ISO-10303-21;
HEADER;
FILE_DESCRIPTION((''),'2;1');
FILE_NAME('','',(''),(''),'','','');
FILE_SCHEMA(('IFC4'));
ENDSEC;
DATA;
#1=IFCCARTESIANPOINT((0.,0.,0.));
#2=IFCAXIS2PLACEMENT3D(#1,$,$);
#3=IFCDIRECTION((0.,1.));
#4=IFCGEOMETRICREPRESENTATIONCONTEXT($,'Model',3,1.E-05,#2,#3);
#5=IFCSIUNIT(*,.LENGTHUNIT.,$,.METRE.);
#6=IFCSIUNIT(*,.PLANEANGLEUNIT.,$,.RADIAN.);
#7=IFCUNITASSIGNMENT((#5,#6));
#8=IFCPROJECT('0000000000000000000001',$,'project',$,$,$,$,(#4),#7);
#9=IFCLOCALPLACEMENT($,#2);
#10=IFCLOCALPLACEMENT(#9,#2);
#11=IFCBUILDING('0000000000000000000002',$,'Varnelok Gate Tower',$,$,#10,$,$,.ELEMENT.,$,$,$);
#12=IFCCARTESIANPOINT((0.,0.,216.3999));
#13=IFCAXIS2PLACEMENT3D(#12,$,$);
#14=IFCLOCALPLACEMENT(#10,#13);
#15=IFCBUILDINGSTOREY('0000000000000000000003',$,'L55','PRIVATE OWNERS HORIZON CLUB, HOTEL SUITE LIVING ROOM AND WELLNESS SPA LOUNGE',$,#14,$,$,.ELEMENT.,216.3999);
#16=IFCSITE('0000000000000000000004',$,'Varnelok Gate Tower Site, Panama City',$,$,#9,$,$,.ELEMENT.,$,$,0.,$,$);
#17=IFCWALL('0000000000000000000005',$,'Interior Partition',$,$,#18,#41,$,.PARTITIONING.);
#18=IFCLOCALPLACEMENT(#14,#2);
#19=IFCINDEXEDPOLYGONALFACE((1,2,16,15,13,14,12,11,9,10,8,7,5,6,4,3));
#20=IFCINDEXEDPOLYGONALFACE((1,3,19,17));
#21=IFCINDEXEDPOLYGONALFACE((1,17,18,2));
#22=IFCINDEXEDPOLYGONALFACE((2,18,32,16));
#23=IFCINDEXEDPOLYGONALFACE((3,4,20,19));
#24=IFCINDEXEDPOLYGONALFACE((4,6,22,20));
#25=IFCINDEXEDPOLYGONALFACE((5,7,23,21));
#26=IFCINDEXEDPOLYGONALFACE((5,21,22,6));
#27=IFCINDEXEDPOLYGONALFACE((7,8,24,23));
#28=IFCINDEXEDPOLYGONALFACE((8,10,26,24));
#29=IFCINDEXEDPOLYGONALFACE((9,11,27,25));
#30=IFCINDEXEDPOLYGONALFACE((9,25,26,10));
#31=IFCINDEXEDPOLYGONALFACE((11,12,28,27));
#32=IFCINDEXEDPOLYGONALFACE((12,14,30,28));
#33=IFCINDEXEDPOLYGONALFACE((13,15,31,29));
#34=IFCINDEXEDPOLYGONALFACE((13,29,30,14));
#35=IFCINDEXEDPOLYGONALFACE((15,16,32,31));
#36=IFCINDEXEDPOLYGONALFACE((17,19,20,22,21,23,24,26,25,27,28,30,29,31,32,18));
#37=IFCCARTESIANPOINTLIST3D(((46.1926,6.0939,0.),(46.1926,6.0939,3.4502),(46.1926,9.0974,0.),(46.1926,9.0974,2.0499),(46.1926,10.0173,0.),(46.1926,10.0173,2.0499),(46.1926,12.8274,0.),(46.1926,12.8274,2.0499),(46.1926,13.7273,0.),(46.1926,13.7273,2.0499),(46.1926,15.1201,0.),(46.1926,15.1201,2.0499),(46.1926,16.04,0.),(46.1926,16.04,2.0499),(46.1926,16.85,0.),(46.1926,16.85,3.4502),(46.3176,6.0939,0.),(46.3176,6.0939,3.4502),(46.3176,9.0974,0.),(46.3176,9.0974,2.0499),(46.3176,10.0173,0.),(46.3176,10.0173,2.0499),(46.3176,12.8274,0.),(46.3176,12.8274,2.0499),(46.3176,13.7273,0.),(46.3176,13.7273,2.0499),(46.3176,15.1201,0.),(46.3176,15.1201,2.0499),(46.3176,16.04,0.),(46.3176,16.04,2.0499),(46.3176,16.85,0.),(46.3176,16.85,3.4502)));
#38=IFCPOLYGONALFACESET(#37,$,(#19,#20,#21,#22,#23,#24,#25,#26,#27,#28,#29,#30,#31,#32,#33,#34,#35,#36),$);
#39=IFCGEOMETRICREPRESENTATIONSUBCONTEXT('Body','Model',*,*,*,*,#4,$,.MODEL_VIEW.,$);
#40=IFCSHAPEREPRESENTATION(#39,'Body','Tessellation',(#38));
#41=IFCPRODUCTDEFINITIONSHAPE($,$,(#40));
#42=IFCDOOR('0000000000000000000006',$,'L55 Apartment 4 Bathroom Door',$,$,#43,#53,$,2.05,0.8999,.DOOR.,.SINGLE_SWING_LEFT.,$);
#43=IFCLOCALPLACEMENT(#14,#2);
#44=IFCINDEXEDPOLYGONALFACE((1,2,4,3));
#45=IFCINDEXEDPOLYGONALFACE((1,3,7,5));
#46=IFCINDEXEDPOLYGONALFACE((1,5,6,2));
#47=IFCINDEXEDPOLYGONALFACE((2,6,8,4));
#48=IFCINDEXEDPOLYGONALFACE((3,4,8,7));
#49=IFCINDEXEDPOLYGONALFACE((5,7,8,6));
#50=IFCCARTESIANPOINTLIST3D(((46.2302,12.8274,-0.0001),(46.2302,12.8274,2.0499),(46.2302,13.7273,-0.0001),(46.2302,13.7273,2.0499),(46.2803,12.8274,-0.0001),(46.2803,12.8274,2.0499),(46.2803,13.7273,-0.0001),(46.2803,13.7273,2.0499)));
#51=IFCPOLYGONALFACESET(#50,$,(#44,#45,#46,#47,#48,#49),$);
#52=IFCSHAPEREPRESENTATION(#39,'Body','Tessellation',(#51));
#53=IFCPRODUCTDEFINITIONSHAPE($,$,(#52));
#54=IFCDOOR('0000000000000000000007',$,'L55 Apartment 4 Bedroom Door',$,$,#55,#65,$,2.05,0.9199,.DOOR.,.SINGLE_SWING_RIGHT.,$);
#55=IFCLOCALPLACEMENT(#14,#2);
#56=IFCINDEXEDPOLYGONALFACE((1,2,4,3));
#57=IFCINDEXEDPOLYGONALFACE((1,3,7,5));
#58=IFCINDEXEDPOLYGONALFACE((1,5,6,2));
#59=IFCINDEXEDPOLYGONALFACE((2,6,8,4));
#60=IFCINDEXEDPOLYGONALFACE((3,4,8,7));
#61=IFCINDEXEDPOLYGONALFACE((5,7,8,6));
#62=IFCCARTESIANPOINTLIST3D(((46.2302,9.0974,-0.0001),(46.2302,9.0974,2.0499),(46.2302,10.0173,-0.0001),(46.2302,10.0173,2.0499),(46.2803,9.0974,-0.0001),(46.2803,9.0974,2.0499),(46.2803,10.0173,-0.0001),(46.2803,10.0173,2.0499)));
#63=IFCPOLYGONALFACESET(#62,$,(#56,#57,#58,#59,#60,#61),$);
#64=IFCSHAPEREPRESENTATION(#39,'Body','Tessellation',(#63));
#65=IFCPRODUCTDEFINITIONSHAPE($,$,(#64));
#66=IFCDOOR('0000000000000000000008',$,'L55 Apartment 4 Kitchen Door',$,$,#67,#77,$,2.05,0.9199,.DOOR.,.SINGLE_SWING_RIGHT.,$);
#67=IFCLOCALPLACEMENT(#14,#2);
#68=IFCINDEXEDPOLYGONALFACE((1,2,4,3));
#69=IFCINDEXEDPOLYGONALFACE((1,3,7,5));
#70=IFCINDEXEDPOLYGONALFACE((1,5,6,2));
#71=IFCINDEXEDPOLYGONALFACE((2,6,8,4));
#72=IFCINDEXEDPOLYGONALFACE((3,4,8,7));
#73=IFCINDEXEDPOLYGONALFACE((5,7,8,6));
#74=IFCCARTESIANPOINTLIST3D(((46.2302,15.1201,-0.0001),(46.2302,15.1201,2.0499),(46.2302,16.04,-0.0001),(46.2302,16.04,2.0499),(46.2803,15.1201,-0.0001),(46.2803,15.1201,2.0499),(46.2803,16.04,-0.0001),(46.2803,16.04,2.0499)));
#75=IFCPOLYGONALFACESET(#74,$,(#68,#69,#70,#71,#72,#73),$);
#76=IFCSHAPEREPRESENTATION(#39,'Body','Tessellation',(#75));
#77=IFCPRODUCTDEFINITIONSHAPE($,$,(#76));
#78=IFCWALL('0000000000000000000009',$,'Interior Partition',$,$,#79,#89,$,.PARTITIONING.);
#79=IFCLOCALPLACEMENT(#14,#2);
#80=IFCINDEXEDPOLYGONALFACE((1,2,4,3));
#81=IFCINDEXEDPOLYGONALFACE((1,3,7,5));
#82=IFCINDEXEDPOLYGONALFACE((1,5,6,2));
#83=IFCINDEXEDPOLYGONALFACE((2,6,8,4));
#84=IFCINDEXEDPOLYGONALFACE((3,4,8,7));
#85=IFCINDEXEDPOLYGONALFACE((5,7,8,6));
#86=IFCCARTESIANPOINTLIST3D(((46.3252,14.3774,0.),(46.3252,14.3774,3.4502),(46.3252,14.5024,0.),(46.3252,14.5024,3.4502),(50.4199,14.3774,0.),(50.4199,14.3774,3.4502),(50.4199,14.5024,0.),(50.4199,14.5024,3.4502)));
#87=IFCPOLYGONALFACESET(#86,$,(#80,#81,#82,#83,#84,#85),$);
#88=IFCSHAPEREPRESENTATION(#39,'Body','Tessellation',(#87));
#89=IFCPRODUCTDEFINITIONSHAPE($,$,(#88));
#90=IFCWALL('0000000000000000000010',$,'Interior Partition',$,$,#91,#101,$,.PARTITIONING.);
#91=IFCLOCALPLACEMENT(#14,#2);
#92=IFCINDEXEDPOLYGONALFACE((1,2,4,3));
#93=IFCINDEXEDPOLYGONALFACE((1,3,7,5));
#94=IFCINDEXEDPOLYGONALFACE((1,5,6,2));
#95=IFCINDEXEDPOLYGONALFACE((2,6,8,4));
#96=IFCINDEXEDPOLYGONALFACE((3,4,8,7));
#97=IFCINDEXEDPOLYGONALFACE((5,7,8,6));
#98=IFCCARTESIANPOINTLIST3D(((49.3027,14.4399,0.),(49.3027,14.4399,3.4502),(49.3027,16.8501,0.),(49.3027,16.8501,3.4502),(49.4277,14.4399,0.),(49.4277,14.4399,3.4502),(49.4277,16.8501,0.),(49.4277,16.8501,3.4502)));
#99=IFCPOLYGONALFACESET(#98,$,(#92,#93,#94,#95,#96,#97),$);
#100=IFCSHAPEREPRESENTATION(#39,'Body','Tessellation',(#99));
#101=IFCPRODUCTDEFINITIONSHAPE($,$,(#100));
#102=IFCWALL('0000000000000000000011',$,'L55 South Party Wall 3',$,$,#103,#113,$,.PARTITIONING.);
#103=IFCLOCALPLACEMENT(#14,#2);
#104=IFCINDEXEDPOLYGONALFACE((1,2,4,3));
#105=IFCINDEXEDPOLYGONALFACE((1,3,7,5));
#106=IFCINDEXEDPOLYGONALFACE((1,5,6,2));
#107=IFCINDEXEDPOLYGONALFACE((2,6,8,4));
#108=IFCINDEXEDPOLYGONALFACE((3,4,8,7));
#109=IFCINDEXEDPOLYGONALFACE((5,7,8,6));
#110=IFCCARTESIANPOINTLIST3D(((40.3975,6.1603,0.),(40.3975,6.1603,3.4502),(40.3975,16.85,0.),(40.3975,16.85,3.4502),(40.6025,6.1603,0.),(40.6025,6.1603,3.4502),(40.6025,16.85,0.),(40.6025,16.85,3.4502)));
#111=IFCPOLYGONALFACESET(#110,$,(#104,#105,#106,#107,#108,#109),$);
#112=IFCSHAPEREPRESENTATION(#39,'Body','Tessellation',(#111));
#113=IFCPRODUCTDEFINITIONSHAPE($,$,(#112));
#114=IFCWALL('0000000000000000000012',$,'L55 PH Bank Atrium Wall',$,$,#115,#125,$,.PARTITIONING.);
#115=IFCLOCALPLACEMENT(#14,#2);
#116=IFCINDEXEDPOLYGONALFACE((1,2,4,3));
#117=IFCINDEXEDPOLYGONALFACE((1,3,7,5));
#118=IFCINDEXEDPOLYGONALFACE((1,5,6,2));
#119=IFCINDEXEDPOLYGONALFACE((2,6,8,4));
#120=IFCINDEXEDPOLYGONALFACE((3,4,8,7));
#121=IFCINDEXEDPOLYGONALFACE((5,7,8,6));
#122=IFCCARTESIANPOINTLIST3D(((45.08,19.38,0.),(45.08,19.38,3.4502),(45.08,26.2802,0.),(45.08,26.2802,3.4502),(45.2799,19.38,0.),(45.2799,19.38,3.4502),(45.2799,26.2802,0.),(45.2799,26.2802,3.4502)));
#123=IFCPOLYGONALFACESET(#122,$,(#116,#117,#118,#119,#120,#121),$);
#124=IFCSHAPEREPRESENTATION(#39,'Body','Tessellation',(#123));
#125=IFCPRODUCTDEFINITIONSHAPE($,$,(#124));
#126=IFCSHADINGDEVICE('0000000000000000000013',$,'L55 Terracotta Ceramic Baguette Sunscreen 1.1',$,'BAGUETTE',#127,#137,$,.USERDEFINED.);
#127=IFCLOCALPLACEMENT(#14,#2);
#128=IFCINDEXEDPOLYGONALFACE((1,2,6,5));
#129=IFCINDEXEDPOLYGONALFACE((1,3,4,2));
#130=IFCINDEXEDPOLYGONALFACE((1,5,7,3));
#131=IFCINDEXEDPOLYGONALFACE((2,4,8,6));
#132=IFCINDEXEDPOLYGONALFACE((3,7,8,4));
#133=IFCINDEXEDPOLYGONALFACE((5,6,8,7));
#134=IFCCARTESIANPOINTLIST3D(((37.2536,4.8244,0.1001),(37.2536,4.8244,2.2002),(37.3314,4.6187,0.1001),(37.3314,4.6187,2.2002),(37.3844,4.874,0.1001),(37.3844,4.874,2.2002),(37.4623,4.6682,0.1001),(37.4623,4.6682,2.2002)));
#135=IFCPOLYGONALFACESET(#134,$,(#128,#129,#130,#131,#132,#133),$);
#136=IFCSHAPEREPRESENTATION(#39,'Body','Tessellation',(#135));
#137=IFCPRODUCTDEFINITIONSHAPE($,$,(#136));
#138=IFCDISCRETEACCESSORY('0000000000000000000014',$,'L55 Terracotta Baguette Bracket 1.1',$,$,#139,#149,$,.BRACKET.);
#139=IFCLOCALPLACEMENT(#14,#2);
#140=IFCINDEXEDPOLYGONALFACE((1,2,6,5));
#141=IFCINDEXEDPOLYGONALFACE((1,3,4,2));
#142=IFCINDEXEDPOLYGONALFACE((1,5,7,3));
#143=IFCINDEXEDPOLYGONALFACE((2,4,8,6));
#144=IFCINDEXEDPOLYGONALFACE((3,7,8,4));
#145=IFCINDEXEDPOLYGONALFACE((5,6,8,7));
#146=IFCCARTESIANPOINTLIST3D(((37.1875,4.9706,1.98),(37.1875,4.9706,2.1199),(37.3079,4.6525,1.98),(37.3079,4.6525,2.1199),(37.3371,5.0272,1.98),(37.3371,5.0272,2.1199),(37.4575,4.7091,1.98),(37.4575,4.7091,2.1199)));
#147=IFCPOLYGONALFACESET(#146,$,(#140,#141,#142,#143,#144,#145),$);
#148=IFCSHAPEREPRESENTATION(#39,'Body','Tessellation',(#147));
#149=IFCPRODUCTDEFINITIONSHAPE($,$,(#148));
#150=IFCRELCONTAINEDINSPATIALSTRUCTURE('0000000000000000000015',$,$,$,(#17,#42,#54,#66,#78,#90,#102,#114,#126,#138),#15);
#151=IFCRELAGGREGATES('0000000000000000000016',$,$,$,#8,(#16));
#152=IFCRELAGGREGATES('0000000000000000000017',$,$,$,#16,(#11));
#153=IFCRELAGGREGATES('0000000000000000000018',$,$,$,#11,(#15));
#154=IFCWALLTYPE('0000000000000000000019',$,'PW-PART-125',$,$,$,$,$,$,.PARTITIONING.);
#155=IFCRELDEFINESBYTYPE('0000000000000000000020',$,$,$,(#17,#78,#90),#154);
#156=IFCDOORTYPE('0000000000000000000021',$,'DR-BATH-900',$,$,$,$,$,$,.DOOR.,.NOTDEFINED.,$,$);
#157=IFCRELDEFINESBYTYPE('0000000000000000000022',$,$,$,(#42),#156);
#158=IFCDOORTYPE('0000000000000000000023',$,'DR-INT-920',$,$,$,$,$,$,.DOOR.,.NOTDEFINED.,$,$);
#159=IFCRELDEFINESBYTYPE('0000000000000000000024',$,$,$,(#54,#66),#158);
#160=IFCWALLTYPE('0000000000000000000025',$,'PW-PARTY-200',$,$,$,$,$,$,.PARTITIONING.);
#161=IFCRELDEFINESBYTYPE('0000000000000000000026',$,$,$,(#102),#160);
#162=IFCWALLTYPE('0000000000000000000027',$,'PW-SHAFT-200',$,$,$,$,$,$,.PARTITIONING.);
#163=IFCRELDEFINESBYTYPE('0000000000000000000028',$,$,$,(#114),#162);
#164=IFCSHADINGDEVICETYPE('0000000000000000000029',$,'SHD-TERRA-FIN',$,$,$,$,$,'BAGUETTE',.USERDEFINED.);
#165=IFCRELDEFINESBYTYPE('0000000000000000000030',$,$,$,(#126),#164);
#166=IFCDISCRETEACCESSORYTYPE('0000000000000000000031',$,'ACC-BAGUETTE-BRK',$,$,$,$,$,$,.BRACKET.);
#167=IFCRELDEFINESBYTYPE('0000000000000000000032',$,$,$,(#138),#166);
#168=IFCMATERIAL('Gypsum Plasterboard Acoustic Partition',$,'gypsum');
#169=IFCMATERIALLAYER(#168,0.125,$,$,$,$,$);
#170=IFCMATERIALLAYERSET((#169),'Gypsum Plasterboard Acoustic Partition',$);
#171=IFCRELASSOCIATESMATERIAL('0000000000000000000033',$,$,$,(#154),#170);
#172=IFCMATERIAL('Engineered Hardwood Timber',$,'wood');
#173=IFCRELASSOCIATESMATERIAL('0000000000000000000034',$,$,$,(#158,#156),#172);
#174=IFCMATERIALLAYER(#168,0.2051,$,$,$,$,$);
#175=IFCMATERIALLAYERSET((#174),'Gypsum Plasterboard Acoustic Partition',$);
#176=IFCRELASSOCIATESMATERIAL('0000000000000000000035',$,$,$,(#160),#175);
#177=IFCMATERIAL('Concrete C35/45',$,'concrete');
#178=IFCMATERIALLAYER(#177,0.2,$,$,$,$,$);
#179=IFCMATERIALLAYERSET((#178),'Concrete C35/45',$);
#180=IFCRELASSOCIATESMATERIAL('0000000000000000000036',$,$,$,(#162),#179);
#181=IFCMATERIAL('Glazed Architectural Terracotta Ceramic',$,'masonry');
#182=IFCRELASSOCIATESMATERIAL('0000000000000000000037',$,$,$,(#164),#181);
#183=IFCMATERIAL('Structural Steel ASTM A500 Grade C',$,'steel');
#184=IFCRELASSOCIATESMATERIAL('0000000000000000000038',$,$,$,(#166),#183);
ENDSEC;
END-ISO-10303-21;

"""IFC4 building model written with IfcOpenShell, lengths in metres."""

from ifc_helpers import new_model, si_unit, direction, frame, frame_2d, origin, origin_2d, place, context, subcontext, project, spatial, rectangle, extrude, source, transform, mapped, material, layer, layer_set, type_object, element, fill, save


model = new_model("IFC4")

# Units and contexts
model_context = context("Model", 3, precision=1e-05, world=origin(), true_north=direction((0.0, 1.0)))
body_context = subcontext(model_context, "Body", "Model", "MODEL_VIEW")
ifc_project = project(units=[si_unit("LENGTHUNIT", "METRE"), si_unit("PLANEANGLEUNIT", "RADIAN")], contexts=[model_context])

# Site, building, storey
site_placement = place(None, origin())
site = spatial("IfcSite", under=ifc_project, at=site_placement, Name="Varnelok Gate Tower Site, Panama City", CompositionType="ELEMENT", RefElevation=0.0)
building_placement = place(site_placement, origin())
building = spatial("IfcBuilding", under=site, at=building_placement, Name="Varnelok Gate Tower", CompositionType="ELEMENT")
storey_placement = place(building_placement, frame((0.0, 0.0, 216.3999)))
storey = spatial("IfcBuildingStorey", under=building, at=storey_placement, Name="L55", Description="PRIVATE OWNERS HORIZON CLUB, HOTEL SUITE LIVING ROOM AND WELLNESS SPA LOUNGE", CompositionType="ELEMENT", Elevation=216.3999)

# Shared definitions
ifc_material_1 = material(Name="Gypsum Plasterboard Acoustic Partition", Category="gypsum")
ifc_material_2 = material(Name="Engineered Hardwood Timber", Category="wood")

# Shared definitions
ifc_layer_1 = layer(ifc_material_1, 0.125)
ifc_layer_set_1 = layer_set([ifc_layer_1], Name="Gypsum Plasterboard Acoustic Partition")
wall_type_1 = type_object("IfcWallType", Name="PW-PART-125", PredefinedType="PARTITIONING", material=ifc_layer_set_1)
door_type_1 = type_object("IfcDoorType", Name="DR-INT-920", OperationType="NOTDEFINED", PredefinedType="DOOR", material=ifc_material_2)

# Wall, openings, doors
wall_1_placement = place(storey_placement, frame((46.2551, 6.094, 0.0), z_axis=(0.0, 0.0, 1.0), x_axis=(0.0, 1.0, 0.0)))
wall_1 = element("IfcWall", 1, at=wall_1_placement, inside=storey, type_object=wall_type_1, Name="Interior Partition", PredefinedType="PARTITIONING", context=body_context, shape_type="SweptSolid", body=[
    extrude(rectangle(XDim=10.7561, YDim=0.125, at=frame_2d((5.3779, 0.0))), origin(), (0.0, 0.0, 1.0), 3.4502),
])
opening_1_placement = place(wall_1_placement, frame((3.0034, 0.0, 0.0)))
opening_1 = element("IfcOpeningElement", 2, at=opening_1_placement, cuts=wall_1, PredefinedType="OPENING", context=body_context, shape_type="SweptSolid", body=[
    extrude(rectangle(XDim=0.9199, YDim=2.05, at=frame_2d((0.46, 1.0249))), frame((0.0, 0.0725, 0.0), z_axis=(0.0, -1.0, 0.0), x_axis=(1.0, 0.0, 0.0)), (0.0, 0.0, 1.0), 0.145),
])
opening_2_placement = place(wall_1_placement, frame((6.7334, 0.0, 0.0)))
opening_2 = element("IfcOpeningElement", 3, at=opening_2_placement, cuts=wall_1, PredefinedType="OPENING", context=body_context, shape_type="SweptSolid", body=[
    extrude(rectangle(XDim=0.8999, YDim=2.05, at=frame_2d((0.45, 1.0249))), frame((0.0, 0.0725, 0.0), z_axis=(0.0, -1.0, 0.0), x_axis=(1.0, 0.0, 0.0)), (0.0, 0.0, 1.0), 0.145),
])
opening_3_placement = place(wall_1_placement, frame((9.0261, 0.0, 0.0)))
opening_3 = element("IfcOpeningElement", 4, at=opening_3_placement, cuts=wall_1, PredefinedType="OPENING", context=body_context, shape_type="SweptSolid", body=[
    extrude(rectangle(XDim=0.9199, YDim=2.05, at=frame_2d((0.46, 1.0249))), frame((0.0, 0.0725, 0.0), z_axis=(0.0, -1.0, 0.0), x_axis=(1.0, 0.0, 0.0)), (0.0, 0.0, 1.0), 0.145),
])
door_type_2 = type_object("IfcDoorType", Name="DR-BATH-900", OperationType="NOTDEFINED", PredefinedType="DOOR", material=ifc_material_2)
door_1_placement = place(opening_2_placement, origin())
door_1 = element("IfcDoor", 5, at=door_1_placement, inside=storey, type_object=door_type_2, Name="L55 Apartment 4 Bathroom Door", OperationType="SINGLE_SWING_LEFT", OverallHeight=2.05, OverallWidth=0.8999, PredefinedType="DOOR", context=body_context, shape_type="SweptSolid", body=[
    extrude(rectangle(XDim=0.8999, YDim=2.05, at=frame_2d((0.45, 1.0249))), frame((0.0, 0.0249, 0.0), z_axis=(0.0, -1.0, 0.0), x_axis=(1.0, 0.0, 0.0)), (0.0, 0.0, 1.0), 0.05),
])
fill(opening_2, door_1)
door_2_placement = place(opening_1_placement, origin())
door_2 = element("IfcDoor", 6, at=door_2_placement, inside=storey, type_object=door_type_1, Name="L55 Apartment 4 Bedroom Door", OperationType="SINGLE_SWING_RIGHT", OverallHeight=2.05, OverallWidth=0.9199, PredefinedType="DOOR", context=body_context, shape_type="SweptSolid", body=[
    extrude(rectangle(XDim=0.9199, YDim=2.05, at=frame_2d((0.46, 1.0249))), frame((0.0, 0.0249, 0.0), z_axis=(0.0, -1.0, 0.0), x_axis=(1.0, 0.0, 0.0)), (0.0, 0.0, 1.0), 0.05),
])
fill(opening_1, door_2)
door_3_placement = place(opening_3_placement, origin())
door_3 = element("IfcDoor", 7, at=door_3_placement, inside=storey, type_object=door_type_1, Name="L55 Apartment 4 Kitchen Door", OperationType="SINGLE_SWING_RIGHT", OverallHeight=2.05, OverallWidth=0.9199, PredefinedType="DOOR", context=body_context, shape_type="SweptSolid", body=[
    extrude(rectangle(XDim=0.9199, YDim=2.05, at=frame_2d((0.46, 1.0249))), frame((0.0, 0.0249, 0.0), z_axis=(0.0, -1.0, 0.0), x_axis=(1.0, 0.0, 0.0)), (0.0, 0.0, 1.0), 0.05),
])
fill(opening_3, door_3)

# Walls
wall_2_placement = place(storey_placement, frame((46.3252, 14.4399, 0.0), z_axis=(0.0, 0.0, 1.0), x_axis=(1.0, 0.0, 0.0)))
element("IfcWall", 8, at=wall_2_placement, inside=storey, type_object=wall_type_1, Name="Interior Partition", PredefinedType="PARTITIONING", context=body_context, shape_type="SweptSolid", body=[
    extrude(rectangle(XDim=4.0947, YDim=0.125, at=frame_2d((2.0474, 0.0))), origin(), (0.0, 0.0, 1.0), 3.4502),
])
wall_3_placement = place(storey_placement, frame((49.3652, 14.4399, 0.0), z_axis=(0.0, 0.0, 1.0), x_axis=(0.0, 1.0, 0.0)))
element("IfcWall", 9, at=wall_3_placement, inside=storey, type_object=wall_type_1, Name="Interior Partition", PredefinedType="PARTITIONING", context=body_context, shape_type="SweptSolid", body=[
    extrude(rectangle(XDim=2.4102, YDim=0.125, at=frame_2d((1.2051, 0.0))), origin(), (0.0, 0.0, 1.0), 3.4502),
])
ifc_layer_2 = layer(ifc_material_1, 0.2051)
ifc_layer_set_2 = layer_set([ifc_layer_2], Name="Gypsum Plasterboard Acoustic Partition")
wall_type_2 = type_object("IfcWallType", Name="PW-PARTY-200", PredefinedType="PARTITIONING", material=ifc_layer_set_2)
wall_4_placement = place(storey_placement, frame((40.5, 6.1604, 0.0), z_axis=(0.0, 0.0, 1.0), x_axis=(0.0, 1.0, 0.0)))
element("IfcWall", 10, at=wall_4_placement, inside=storey, type_object=wall_type_2, Name="L55 South Party Wall 3", PredefinedType="PARTITIONING", context=body_context, shape_type="SweptSolid", body=[
    extrude(rectangle(XDim=10.6897, YDim=0.2051, at=frame_2d((5.3447, 0.0))), origin(), (0.0, 0.0, 1.0), 3.4502),
])
ifc_material_3 = material(Name="Concrete C35/45", Category="concrete")
ifc_layer_3 = layer(ifc_material_3, 0.2)
ifc_layer_set_3 = layer_set([ifc_layer_3], Name="Concrete C35/45")
wall_type_3 = type_object("IfcWallType", Name="PW-SHAFT-200", PredefinedType="PARTITIONING", material=ifc_layer_set_3)
wall_5_placement = place(storey_placement, frame((45.1799, 19.3799, 0.0), z_axis=(0.0, 0.0, 1.0), x_axis=(0.0, 1.0, 0.0)))
element("IfcWall", 11, at=wall_5_placement, inside=storey, type_object=wall_type_3, Name="L55 PH Bank Atrium Wall", PredefinedType="PARTITIONING", context=body_context, shape_type="SweptSolid", body=[
    extrude(rectangle(XDim=6.9001, YDim=0.2, at=frame_2d((3.4502, 0.0))), origin(), (0.0, 0.0, 1.0), 3.4502),
])

# Shading device
ifc_material_4 = material(Name="Glazed Architectural Terracotta Ceramic", Category="masonry")
shading_device_type = type_object("IfcShadingDeviceType", Name="SHD-TERRA-FIN", ElementType="BAGUETTE", PredefinedType="USERDEFINED", material=ifc_material_4)
shared_shape_1 = source(origin(), body_context, "Body", "SweptSolid", [
    extrude(rectangle(XDim=0.1399, YDim=0.22, at=origin_2d()), origin(), (0.0, 0.0, 1.0), 2.1001),
])
shading_device_placement = place(storey_placement, frame((37.3579, 4.7463, 0.1001), z_axis=(0.0, 0.0, 1.0), x_axis=(0.935222, 0.354063, 0.0)))
element("IfcShadingDevice", 12, at=shading_device_placement, inside=storey, type_object=shading_device_type, Name="L55 Terracotta Ceramic Baguette Sunscreen 1.1", ObjectType="BAGUETTE", PredefinedType="USERDEFINED", context=body_context, shape_type="MappedRepresentation", body=[
    mapped(shared_shape_1, transform((0.0, 0.0, 0.0), scale=1.0)),
])

# Discrete accessory
ifc_material_5 = material(Name="Structural Steel ASTM A500 Grade C", Category="steel")
discrete_accessory_type = type_object("IfcDiscreteAccessoryType", Name="ACC-BAGUETTE-BRK", PredefinedType="BRACKET", material=ifc_material_5)
shared_shape_2 = source(origin(), body_context, "Body", "SweptSolid", [
    extrude(rectangle(XDim=0.1599, YDim=0.3401, at=origin_2d()), origin(), (0.0, 0.0, 1.0), 0.1399),
])
discrete_accessory_placement = place(storey_placement, frame((37.3225, 4.8398, 1.98), z_axis=(0.0, 0.0, 1.0), x_axis=(0.935222, 0.354063, 0.0)))
element("IfcDiscreteAccessory", 13, at=discrete_accessory_placement, inside=storey, type_object=discrete_accessory_type, Name="L55 Terracotta Baguette Bracket 1.1", PredefinedType="BRACKET", context=body_context, shape_type="MappedRepresentation", body=[
    mapped(shared_shape_2, transform((0.0, 0.0, 0.0), scale=1.0)),
])

save(model, "model.ifc")
